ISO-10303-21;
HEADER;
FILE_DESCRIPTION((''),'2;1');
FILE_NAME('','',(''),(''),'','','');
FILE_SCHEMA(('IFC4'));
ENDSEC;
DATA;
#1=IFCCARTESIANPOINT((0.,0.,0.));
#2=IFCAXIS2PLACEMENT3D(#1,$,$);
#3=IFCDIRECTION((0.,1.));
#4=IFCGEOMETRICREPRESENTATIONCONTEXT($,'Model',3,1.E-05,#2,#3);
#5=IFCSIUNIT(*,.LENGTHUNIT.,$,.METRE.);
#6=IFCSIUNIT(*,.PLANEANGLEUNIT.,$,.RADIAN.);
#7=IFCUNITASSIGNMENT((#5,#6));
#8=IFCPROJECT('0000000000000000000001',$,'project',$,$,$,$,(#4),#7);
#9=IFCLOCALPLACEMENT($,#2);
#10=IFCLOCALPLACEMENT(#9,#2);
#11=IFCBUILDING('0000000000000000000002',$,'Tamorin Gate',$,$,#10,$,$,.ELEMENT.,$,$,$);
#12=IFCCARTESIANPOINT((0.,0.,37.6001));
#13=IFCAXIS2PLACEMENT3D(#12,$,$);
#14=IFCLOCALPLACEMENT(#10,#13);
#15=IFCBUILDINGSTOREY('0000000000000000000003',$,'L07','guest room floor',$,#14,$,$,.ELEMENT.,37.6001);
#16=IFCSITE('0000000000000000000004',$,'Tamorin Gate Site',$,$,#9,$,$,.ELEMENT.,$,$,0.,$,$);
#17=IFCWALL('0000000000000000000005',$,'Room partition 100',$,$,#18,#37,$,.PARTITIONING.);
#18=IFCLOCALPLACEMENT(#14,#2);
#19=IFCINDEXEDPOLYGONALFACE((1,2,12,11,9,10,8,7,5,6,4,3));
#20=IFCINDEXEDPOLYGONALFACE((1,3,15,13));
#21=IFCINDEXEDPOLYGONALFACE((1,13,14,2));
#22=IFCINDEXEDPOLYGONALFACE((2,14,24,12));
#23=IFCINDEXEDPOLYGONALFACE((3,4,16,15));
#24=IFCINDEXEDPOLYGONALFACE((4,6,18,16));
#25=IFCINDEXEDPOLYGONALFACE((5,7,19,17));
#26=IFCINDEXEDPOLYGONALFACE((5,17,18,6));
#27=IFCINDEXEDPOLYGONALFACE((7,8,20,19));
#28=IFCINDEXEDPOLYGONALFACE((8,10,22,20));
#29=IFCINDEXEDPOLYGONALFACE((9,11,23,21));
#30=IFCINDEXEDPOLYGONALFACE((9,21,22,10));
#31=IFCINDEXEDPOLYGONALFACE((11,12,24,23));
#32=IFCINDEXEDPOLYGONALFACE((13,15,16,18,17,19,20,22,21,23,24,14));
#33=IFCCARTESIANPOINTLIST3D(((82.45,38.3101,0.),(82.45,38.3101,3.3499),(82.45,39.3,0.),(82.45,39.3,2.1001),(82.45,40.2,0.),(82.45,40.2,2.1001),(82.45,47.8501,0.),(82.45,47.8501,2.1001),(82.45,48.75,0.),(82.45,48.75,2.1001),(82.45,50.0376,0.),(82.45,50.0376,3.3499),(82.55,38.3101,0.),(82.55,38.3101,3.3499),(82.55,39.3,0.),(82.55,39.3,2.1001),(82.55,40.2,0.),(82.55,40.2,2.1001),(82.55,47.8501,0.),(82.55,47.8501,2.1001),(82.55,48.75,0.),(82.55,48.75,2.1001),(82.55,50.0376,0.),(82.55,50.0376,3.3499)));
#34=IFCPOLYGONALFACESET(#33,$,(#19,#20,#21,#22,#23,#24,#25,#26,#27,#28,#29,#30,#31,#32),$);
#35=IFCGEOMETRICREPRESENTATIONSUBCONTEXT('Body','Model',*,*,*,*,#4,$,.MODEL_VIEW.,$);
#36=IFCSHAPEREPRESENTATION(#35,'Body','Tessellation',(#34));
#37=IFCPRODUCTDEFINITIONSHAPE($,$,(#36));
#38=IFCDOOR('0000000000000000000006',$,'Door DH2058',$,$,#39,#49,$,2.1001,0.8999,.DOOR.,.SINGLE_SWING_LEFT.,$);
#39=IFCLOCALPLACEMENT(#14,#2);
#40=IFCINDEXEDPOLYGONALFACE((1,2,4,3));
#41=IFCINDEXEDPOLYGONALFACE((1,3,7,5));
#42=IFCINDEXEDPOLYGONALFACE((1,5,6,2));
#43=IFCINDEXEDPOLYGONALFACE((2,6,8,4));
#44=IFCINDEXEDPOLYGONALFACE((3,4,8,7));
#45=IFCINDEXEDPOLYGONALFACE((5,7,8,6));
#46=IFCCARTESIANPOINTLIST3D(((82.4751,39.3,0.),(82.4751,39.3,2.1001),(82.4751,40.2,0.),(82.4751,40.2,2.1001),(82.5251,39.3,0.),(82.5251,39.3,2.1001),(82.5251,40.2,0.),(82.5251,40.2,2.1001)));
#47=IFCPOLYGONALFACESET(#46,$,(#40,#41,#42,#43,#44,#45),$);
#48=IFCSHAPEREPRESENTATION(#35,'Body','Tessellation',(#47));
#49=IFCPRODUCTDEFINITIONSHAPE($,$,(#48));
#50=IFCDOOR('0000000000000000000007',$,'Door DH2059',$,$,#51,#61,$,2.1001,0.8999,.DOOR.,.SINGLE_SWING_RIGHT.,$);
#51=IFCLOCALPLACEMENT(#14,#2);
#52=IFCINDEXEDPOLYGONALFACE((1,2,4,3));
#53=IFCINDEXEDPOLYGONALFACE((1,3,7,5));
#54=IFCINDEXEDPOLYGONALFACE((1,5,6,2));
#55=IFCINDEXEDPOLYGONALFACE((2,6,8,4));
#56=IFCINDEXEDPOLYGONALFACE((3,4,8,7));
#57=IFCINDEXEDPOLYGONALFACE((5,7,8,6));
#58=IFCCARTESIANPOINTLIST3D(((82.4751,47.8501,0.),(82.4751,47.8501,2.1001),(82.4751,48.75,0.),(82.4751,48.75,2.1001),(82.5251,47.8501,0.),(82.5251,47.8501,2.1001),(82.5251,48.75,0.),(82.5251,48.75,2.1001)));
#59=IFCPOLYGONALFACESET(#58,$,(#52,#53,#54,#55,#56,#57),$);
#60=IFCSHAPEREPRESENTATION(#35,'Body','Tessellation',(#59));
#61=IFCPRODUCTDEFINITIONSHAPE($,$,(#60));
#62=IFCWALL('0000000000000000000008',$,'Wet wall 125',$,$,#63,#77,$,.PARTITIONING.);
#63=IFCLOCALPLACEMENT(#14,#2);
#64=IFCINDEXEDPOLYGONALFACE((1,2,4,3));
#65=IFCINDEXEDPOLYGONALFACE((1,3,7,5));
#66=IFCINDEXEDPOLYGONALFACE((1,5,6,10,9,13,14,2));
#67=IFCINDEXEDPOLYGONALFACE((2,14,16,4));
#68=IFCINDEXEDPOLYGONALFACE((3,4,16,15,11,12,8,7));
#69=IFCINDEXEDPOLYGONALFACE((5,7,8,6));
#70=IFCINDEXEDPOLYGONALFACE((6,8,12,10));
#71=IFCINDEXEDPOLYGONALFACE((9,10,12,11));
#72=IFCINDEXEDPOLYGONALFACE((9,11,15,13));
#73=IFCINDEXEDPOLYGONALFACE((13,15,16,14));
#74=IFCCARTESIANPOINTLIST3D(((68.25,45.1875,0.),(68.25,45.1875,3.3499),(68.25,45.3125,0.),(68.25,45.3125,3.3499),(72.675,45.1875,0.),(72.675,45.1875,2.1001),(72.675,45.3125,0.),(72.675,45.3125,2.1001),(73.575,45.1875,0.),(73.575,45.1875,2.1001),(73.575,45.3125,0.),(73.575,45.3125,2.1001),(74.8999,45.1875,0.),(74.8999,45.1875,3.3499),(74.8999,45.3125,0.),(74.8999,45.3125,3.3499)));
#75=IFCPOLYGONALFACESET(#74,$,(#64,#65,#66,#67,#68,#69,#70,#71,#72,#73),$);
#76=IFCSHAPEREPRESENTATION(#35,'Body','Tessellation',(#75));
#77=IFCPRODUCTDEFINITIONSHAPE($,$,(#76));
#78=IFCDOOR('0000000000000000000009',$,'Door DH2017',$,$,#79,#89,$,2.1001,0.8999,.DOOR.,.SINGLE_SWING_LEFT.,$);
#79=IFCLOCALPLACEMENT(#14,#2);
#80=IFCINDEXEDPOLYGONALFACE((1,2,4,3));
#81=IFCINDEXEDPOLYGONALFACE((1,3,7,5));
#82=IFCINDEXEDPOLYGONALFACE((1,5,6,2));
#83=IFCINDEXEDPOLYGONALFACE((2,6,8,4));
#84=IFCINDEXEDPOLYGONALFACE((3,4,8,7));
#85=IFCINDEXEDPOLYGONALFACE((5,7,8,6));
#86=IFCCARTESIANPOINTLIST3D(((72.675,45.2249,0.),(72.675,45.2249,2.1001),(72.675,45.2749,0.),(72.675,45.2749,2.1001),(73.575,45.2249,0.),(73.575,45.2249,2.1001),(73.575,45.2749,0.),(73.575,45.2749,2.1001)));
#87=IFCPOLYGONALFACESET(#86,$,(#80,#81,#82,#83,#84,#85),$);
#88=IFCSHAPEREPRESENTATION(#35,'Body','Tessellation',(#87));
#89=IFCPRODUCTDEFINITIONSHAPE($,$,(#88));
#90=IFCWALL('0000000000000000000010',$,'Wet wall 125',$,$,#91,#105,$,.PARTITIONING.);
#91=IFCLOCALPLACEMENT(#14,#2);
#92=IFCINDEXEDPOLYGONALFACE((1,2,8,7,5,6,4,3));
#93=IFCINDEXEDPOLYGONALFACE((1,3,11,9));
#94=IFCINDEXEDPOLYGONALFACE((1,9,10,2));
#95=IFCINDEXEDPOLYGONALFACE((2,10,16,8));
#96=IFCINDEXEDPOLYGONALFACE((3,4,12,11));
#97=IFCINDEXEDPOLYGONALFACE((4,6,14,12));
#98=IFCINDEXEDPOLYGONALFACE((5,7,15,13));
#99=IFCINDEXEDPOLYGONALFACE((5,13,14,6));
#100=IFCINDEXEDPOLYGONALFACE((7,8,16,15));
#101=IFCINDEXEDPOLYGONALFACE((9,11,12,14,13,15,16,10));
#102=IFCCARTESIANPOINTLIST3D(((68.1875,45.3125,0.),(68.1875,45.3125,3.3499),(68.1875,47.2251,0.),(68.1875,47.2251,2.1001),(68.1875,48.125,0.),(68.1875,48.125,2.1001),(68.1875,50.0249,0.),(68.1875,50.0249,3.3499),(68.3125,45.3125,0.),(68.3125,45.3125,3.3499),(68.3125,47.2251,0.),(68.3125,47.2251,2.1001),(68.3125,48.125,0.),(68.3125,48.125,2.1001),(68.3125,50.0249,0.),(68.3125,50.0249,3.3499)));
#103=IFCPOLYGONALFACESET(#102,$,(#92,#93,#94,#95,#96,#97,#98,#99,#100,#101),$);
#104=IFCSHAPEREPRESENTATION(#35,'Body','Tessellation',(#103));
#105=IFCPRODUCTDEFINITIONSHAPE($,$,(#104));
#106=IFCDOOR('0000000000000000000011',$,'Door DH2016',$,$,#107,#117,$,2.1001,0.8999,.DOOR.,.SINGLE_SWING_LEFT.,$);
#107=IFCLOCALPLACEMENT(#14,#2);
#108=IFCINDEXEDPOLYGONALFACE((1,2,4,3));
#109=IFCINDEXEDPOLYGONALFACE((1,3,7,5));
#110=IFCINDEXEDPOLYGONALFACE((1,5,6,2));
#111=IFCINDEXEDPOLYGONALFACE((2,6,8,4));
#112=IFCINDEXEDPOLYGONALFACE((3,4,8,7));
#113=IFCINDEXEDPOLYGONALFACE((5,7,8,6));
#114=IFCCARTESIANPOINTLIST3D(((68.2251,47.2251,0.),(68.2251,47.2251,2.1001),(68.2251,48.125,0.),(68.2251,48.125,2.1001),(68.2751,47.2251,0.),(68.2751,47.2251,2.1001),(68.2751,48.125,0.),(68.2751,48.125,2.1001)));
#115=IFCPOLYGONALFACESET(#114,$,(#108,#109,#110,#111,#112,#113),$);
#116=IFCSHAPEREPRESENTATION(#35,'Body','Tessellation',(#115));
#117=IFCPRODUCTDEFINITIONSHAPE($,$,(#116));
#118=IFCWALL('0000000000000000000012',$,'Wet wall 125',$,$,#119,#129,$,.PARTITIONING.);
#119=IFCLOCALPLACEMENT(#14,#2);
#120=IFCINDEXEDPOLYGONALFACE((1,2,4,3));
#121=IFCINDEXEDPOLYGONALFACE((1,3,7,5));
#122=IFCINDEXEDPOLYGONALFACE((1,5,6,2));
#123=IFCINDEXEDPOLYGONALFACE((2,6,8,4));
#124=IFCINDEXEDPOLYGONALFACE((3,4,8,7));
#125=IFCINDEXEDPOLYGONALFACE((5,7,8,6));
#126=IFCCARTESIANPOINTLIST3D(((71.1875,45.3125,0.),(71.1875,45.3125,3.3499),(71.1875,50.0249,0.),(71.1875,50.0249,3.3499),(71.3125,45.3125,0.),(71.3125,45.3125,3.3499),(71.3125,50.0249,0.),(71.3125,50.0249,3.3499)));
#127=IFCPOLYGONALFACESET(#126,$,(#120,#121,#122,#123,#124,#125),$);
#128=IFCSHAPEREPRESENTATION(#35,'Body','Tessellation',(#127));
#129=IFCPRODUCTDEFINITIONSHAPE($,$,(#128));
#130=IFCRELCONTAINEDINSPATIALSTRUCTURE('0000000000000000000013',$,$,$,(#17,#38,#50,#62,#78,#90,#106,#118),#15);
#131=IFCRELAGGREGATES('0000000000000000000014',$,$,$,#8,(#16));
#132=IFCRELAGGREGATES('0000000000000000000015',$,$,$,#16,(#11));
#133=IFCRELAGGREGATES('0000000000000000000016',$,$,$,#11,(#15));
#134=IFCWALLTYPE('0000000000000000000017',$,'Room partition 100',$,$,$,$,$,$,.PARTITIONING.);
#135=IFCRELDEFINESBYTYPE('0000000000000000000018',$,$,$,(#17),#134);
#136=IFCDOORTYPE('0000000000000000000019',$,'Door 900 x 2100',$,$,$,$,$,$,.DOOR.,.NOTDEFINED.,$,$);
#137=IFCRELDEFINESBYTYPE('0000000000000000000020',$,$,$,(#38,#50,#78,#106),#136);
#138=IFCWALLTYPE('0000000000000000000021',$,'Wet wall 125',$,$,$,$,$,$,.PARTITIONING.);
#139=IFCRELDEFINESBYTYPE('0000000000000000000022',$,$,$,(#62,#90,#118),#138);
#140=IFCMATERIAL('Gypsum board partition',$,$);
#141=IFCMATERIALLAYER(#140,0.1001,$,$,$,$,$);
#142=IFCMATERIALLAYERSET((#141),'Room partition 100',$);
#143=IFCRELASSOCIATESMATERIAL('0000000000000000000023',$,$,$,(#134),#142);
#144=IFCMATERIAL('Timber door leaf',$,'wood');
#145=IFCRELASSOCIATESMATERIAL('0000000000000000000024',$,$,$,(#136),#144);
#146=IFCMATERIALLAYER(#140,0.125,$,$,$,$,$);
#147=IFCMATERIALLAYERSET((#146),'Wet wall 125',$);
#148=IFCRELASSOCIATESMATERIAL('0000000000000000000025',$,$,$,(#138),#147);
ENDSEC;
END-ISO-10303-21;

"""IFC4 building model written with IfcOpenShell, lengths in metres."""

from ifc_helpers import new_model, si_unit, direction, frame, frame_2d, origin, place, context, subcontext, project, spatial, rectangle, extrude, material, layer, layer_set, type_object, element, fill, save


model = new_model("IFC4")

# Units and contexts
model_context = context("Model", 3, precision=1e-05, world=origin(), true_north=direction((0.0, 1.0)))
body_context = subcontext(model_context, "Body", "Model", "MODEL_VIEW")
ifc_project = project(units=[si_unit("LENGTHUNIT", "METRE"), si_unit("PLANEANGLEUNIT", "RADIAN")], contexts=[model_context])

# Site, building, storey
site_placement = place(None, origin())
site = spatial("IfcSite", under=ifc_project, at=site_placement, Name="Tamorin Gate Site", CompositionType="ELEMENT", RefElevation=0.0)
building_placement = place(site_placement, origin())
building = spatial("IfcBuilding", under=site, at=building_placement, Name="Tamorin Gate", CompositionType="ELEMENT")
storey_placement = place(building_placement, frame((0.0, 0.0, 37.6001)))
storey = spatial("IfcBuildingStorey", under=building, at=storey_placement, Name="L07", Description="guest room floor", CompositionType="ELEMENT", Elevation=37.6001)

# Shared definitions
ifc_material_1 = material(Name="Gypsum board partition")
ifc_layer_1 = layer(ifc_material_1, 0.1001)
ifc_layer_set_1 = layer_set([ifc_layer_1], Name="Room partition 100")
wall_type_1 = type_object("IfcWallType", Name="Room partition 100", PredefinedType="PARTITIONING", material=ifc_layer_set_1)

# Shared definitions
ifc_material_2 = material(Name="Timber door leaf", Category="wood")
door_type = type_object("IfcDoorType", Name="Door 900 x 2100", OperationType="NOTDEFINED", PredefinedType="DOOR", material=ifc_material_2)

# Wall, openings, doors
wall_1_placement = place(storey_placement, frame((82.5, 38.3101, 0.0), z_axis=(0.0, 0.0, 1.0), x_axis=(0.0, 1.0, 0.0)))
wall_1 = element("IfcWall", 1, at=wall_1_placement, inside=storey, type_object=wall_type_1, Name="Room partition 100", PredefinedType="PARTITIONING", context=body_context, shape_type="SweptSolid", body=[
    extrude(rectangle(XDim=11.7275, YDim=0.1001, at=frame_2d((5.8638, 0.0))), origin(), (0.0, 0.0, 1.0), 3.3499),
])
opening_1_placement = place(wall_1_placement, frame((0.99, 0.0, 0.0)))
opening_1 = element("IfcOpeningElement", 2, at=opening_1_placement, cuts=wall_1, PredefinedType="OPENING", context=body_context, shape_type="SweptSolid", body=[
    extrude(rectangle(XDim=0.8999, YDim=2.1001, at=frame_2d((0.45, 1.05))), frame((0.0, 0.0601, 0.0), z_axis=(0.0, -1.0, 0.0), x_axis=(1.0, 0.0, 0.0)), (0.0, 0.0, 1.0), 0.1201),
])
opening_2_placement = place(wall_1_placement, frame((9.54, 0.0, 0.0)))
opening_2 = element("IfcOpeningElement", 3, at=opening_2_placement, cuts=wall_1, PredefinedType="OPENING", context=body_context, shape_type="SweptSolid", body=[
    extrude(rectangle(XDim=0.8999, YDim=2.1001, at=frame_2d((0.45, 1.05))), frame((0.0, 0.0601, 0.0), z_axis=(0.0, -1.0, 0.0), x_axis=(1.0, 0.0, 0.0)), (0.0, 0.0, 1.0), 0.1201),
])
door_1_placement = place(opening_1_placement, origin())
door_1 = element("IfcDoor", 4, at=door_1_placement, inside=storey, type_object=door_type, Name="Door DH2058", OperationType="SINGLE_SWING_LEFT", OverallHeight=2.1001, OverallWidth=0.8999, PredefinedType="DOOR", context=body_context, shape_type="SweptSolid", body=[
    extrude(rectangle(XDim=0.8999, YDim=2.1001, at=frame_2d((0.45, 1.05))), frame((0.0, 0.0249, 0.0), z_axis=(0.0, -1.0, 0.0), x_axis=(1.0, 0.0, 0.0)), (0.0, 0.0, 1.0), 0.05),
])
fill(opening_1, door_1)
door_2_placement = place(opening_2_placement, origin())
door_2 = element("IfcDoor", 5, at=door_2_placement, inside=storey, type_object=door_type, Name="Door DH2059", OperationType="SINGLE_SWING_RIGHT", OverallHeight=2.1001, OverallWidth=0.8999, PredefinedType="DOOR", context=body_context, shape_type="SweptSolid", body=[
    extrude(rectangle(XDim=0.8999, YDim=2.1001, at=frame_2d((0.45, 1.05))), frame((0.0, 0.0249, 0.0), z_axis=(0.0, -1.0, 0.0), x_axis=(1.0, 0.0, 0.0)), (0.0, 0.0, 1.0), 0.05),
])
fill(opening_2, door_2)

# Walls, openings, doors
ifc_layer_2 = layer(ifc_material_1, 0.125)
ifc_layer_set_2 = layer_set([ifc_layer_2], Name="Wet wall 125")
wall_type_2 = type_object("IfcWallType", Name="Wet wall 125", PredefinedType="PARTITIONING", material=ifc_layer_set_2)
wall_2_placement = place(storey_placement, frame((68.25, 45.25, 0.0), z_axis=(0.0, 0.0, 1.0), x_axis=(1.0, 0.0, 0.0)))
wall_2 = element("IfcWall", 6, at=wall_2_placement, inside=storey, type_object=wall_type_2, Name="Wet wall 125", PredefinedType="PARTITIONING", context=body_context, shape_type="SweptSolid", body=[
    extrude(rectangle(XDim=6.6499, YDim=0.125, at=frame_2d((3.325, 0.0))), origin(), (0.0, 0.0, 1.0), 3.3499),
])
opening_3_placement = place(wall_2_placement, frame((4.425, 0.0, 0.0)))
opening_3 = element("IfcOpeningElement", 7, at=opening_3_placement, cuts=wall_2, PredefinedType="OPENING", context=body_context, shape_type="SweptSolid", body=[
    extrude(rectangle(XDim=0.8999, YDim=2.1001, at=frame_2d((0.45, 1.05))), frame((0.0, 0.0725, 0.0), z_axis=(0.0, -1.0, 0.0), x_axis=(1.0, 0.0, 0.0)), (0.0, 0.0, 1.0), 0.145),
])
door_3_placement = place(opening_3_placement, origin())
door_3 = element("IfcDoor", 8, at=door_3_placement, inside=storey, type_object=door_type, Name="Door DH2017", OperationType="SINGLE_SWING_LEFT", OverallHeight=2.1001, OverallWidth=0.8999, PredefinedType="DOOR", context=body_context, shape_type="SweptSolid", body=[
    extrude(rectangle(XDim=0.8999, YDim=2.1001, at=frame_2d((0.45, 1.05))), frame((0.0, 0.0249, 0.0), z_axis=(0.0, -1.0, 0.0), x_axis=(1.0, 0.0, 0.0)), (0.0, 0.0, 1.0), 0.05),
])
fill(opening_3, door_3)
wall_3_placement = place(storey_placement, frame((68.25, 45.3125, 0.0), z_axis=(0.0, 0.0, 1.0), x_axis=(0.0, 1.0, 0.0)))
wall_3 = element("IfcWall", 9, at=wall_3_placement, inside=storey, type_object=wall_type_2, Name="Wet wall 125", PredefinedType="PARTITIONING", context=body_context, shape_type="SweptSolid", body=[
    extrude(rectangle(XDim=4.7124, YDim=0.125, at=frame_2d((2.3562, 0.0))), origin(), (0.0, 0.0, 1.0), 3.3499),
])
opening_4_placement = place(wall_3_placement, frame((1.9126, 0.0, 0.0)))
opening_4 = element("IfcOpeningElement", 10, at=opening_4_placement, cuts=wall_3, PredefinedType="OPENING", context=body_context, shape_type="SweptSolid", body=[
    extrude(rectangle(XDim=0.8999, YDim=2.1001, at=frame_2d((0.45, 1.05))), frame((0.0, 0.0725, 0.0), z_axis=(0.0, -1.0, 0.0), x_axis=(1.0, 0.0, 0.0)), (0.0, 0.0, 1.0), 0.145),
])
door_4_placement = place(opening_4_placement, origin())
door_4 = element("IfcDoor", 11, at=door_4_placement, inside=storey, type_object=door_type, Name="Door DH2016", OperationType="SINGLE_SWING_LEFT", OverallHeight=2.1001, OverallWidth=0.8999, PredefinedType="DOOR", context=body_context, shape_type="SweptSolid", body=[
    extrude(rectangle(XDim=0.8999, YDim=2.1001, at=frame_2d((0.45, 1.05))), frame((0.0, 0.0249, 0.0), z_axis=(0.0, -1.0, 0.0), x_axis=(1.0, 0.0, 0.0)), (0.0, 0.0, 1.0), 0.05),
])
fill(opening_4, door_4)

# Wall
wall_4_placement = place(storey_placement, frame((71.25, 45.3125, 0.0), z_axis=(0.0, 0.0, 1.0), x_axis=(0.0, 1.0, 0.0)))
element("IfcWall", 12, at=wall_4_placement, inside=storey, type_object=wall_type_2, Name="Wet wall 125", PredefinedType="PARTITIONING", context=body_context, shape_type="SweptSolid", body=[
    extrude(rectangle(XDim=4.7124, YDim=0.125, at=frame_2d((2.3562, 0.0))), origin(), (0.0, 0.0, 1.0), 3.3499),
])

save(model, "model.ifc")
